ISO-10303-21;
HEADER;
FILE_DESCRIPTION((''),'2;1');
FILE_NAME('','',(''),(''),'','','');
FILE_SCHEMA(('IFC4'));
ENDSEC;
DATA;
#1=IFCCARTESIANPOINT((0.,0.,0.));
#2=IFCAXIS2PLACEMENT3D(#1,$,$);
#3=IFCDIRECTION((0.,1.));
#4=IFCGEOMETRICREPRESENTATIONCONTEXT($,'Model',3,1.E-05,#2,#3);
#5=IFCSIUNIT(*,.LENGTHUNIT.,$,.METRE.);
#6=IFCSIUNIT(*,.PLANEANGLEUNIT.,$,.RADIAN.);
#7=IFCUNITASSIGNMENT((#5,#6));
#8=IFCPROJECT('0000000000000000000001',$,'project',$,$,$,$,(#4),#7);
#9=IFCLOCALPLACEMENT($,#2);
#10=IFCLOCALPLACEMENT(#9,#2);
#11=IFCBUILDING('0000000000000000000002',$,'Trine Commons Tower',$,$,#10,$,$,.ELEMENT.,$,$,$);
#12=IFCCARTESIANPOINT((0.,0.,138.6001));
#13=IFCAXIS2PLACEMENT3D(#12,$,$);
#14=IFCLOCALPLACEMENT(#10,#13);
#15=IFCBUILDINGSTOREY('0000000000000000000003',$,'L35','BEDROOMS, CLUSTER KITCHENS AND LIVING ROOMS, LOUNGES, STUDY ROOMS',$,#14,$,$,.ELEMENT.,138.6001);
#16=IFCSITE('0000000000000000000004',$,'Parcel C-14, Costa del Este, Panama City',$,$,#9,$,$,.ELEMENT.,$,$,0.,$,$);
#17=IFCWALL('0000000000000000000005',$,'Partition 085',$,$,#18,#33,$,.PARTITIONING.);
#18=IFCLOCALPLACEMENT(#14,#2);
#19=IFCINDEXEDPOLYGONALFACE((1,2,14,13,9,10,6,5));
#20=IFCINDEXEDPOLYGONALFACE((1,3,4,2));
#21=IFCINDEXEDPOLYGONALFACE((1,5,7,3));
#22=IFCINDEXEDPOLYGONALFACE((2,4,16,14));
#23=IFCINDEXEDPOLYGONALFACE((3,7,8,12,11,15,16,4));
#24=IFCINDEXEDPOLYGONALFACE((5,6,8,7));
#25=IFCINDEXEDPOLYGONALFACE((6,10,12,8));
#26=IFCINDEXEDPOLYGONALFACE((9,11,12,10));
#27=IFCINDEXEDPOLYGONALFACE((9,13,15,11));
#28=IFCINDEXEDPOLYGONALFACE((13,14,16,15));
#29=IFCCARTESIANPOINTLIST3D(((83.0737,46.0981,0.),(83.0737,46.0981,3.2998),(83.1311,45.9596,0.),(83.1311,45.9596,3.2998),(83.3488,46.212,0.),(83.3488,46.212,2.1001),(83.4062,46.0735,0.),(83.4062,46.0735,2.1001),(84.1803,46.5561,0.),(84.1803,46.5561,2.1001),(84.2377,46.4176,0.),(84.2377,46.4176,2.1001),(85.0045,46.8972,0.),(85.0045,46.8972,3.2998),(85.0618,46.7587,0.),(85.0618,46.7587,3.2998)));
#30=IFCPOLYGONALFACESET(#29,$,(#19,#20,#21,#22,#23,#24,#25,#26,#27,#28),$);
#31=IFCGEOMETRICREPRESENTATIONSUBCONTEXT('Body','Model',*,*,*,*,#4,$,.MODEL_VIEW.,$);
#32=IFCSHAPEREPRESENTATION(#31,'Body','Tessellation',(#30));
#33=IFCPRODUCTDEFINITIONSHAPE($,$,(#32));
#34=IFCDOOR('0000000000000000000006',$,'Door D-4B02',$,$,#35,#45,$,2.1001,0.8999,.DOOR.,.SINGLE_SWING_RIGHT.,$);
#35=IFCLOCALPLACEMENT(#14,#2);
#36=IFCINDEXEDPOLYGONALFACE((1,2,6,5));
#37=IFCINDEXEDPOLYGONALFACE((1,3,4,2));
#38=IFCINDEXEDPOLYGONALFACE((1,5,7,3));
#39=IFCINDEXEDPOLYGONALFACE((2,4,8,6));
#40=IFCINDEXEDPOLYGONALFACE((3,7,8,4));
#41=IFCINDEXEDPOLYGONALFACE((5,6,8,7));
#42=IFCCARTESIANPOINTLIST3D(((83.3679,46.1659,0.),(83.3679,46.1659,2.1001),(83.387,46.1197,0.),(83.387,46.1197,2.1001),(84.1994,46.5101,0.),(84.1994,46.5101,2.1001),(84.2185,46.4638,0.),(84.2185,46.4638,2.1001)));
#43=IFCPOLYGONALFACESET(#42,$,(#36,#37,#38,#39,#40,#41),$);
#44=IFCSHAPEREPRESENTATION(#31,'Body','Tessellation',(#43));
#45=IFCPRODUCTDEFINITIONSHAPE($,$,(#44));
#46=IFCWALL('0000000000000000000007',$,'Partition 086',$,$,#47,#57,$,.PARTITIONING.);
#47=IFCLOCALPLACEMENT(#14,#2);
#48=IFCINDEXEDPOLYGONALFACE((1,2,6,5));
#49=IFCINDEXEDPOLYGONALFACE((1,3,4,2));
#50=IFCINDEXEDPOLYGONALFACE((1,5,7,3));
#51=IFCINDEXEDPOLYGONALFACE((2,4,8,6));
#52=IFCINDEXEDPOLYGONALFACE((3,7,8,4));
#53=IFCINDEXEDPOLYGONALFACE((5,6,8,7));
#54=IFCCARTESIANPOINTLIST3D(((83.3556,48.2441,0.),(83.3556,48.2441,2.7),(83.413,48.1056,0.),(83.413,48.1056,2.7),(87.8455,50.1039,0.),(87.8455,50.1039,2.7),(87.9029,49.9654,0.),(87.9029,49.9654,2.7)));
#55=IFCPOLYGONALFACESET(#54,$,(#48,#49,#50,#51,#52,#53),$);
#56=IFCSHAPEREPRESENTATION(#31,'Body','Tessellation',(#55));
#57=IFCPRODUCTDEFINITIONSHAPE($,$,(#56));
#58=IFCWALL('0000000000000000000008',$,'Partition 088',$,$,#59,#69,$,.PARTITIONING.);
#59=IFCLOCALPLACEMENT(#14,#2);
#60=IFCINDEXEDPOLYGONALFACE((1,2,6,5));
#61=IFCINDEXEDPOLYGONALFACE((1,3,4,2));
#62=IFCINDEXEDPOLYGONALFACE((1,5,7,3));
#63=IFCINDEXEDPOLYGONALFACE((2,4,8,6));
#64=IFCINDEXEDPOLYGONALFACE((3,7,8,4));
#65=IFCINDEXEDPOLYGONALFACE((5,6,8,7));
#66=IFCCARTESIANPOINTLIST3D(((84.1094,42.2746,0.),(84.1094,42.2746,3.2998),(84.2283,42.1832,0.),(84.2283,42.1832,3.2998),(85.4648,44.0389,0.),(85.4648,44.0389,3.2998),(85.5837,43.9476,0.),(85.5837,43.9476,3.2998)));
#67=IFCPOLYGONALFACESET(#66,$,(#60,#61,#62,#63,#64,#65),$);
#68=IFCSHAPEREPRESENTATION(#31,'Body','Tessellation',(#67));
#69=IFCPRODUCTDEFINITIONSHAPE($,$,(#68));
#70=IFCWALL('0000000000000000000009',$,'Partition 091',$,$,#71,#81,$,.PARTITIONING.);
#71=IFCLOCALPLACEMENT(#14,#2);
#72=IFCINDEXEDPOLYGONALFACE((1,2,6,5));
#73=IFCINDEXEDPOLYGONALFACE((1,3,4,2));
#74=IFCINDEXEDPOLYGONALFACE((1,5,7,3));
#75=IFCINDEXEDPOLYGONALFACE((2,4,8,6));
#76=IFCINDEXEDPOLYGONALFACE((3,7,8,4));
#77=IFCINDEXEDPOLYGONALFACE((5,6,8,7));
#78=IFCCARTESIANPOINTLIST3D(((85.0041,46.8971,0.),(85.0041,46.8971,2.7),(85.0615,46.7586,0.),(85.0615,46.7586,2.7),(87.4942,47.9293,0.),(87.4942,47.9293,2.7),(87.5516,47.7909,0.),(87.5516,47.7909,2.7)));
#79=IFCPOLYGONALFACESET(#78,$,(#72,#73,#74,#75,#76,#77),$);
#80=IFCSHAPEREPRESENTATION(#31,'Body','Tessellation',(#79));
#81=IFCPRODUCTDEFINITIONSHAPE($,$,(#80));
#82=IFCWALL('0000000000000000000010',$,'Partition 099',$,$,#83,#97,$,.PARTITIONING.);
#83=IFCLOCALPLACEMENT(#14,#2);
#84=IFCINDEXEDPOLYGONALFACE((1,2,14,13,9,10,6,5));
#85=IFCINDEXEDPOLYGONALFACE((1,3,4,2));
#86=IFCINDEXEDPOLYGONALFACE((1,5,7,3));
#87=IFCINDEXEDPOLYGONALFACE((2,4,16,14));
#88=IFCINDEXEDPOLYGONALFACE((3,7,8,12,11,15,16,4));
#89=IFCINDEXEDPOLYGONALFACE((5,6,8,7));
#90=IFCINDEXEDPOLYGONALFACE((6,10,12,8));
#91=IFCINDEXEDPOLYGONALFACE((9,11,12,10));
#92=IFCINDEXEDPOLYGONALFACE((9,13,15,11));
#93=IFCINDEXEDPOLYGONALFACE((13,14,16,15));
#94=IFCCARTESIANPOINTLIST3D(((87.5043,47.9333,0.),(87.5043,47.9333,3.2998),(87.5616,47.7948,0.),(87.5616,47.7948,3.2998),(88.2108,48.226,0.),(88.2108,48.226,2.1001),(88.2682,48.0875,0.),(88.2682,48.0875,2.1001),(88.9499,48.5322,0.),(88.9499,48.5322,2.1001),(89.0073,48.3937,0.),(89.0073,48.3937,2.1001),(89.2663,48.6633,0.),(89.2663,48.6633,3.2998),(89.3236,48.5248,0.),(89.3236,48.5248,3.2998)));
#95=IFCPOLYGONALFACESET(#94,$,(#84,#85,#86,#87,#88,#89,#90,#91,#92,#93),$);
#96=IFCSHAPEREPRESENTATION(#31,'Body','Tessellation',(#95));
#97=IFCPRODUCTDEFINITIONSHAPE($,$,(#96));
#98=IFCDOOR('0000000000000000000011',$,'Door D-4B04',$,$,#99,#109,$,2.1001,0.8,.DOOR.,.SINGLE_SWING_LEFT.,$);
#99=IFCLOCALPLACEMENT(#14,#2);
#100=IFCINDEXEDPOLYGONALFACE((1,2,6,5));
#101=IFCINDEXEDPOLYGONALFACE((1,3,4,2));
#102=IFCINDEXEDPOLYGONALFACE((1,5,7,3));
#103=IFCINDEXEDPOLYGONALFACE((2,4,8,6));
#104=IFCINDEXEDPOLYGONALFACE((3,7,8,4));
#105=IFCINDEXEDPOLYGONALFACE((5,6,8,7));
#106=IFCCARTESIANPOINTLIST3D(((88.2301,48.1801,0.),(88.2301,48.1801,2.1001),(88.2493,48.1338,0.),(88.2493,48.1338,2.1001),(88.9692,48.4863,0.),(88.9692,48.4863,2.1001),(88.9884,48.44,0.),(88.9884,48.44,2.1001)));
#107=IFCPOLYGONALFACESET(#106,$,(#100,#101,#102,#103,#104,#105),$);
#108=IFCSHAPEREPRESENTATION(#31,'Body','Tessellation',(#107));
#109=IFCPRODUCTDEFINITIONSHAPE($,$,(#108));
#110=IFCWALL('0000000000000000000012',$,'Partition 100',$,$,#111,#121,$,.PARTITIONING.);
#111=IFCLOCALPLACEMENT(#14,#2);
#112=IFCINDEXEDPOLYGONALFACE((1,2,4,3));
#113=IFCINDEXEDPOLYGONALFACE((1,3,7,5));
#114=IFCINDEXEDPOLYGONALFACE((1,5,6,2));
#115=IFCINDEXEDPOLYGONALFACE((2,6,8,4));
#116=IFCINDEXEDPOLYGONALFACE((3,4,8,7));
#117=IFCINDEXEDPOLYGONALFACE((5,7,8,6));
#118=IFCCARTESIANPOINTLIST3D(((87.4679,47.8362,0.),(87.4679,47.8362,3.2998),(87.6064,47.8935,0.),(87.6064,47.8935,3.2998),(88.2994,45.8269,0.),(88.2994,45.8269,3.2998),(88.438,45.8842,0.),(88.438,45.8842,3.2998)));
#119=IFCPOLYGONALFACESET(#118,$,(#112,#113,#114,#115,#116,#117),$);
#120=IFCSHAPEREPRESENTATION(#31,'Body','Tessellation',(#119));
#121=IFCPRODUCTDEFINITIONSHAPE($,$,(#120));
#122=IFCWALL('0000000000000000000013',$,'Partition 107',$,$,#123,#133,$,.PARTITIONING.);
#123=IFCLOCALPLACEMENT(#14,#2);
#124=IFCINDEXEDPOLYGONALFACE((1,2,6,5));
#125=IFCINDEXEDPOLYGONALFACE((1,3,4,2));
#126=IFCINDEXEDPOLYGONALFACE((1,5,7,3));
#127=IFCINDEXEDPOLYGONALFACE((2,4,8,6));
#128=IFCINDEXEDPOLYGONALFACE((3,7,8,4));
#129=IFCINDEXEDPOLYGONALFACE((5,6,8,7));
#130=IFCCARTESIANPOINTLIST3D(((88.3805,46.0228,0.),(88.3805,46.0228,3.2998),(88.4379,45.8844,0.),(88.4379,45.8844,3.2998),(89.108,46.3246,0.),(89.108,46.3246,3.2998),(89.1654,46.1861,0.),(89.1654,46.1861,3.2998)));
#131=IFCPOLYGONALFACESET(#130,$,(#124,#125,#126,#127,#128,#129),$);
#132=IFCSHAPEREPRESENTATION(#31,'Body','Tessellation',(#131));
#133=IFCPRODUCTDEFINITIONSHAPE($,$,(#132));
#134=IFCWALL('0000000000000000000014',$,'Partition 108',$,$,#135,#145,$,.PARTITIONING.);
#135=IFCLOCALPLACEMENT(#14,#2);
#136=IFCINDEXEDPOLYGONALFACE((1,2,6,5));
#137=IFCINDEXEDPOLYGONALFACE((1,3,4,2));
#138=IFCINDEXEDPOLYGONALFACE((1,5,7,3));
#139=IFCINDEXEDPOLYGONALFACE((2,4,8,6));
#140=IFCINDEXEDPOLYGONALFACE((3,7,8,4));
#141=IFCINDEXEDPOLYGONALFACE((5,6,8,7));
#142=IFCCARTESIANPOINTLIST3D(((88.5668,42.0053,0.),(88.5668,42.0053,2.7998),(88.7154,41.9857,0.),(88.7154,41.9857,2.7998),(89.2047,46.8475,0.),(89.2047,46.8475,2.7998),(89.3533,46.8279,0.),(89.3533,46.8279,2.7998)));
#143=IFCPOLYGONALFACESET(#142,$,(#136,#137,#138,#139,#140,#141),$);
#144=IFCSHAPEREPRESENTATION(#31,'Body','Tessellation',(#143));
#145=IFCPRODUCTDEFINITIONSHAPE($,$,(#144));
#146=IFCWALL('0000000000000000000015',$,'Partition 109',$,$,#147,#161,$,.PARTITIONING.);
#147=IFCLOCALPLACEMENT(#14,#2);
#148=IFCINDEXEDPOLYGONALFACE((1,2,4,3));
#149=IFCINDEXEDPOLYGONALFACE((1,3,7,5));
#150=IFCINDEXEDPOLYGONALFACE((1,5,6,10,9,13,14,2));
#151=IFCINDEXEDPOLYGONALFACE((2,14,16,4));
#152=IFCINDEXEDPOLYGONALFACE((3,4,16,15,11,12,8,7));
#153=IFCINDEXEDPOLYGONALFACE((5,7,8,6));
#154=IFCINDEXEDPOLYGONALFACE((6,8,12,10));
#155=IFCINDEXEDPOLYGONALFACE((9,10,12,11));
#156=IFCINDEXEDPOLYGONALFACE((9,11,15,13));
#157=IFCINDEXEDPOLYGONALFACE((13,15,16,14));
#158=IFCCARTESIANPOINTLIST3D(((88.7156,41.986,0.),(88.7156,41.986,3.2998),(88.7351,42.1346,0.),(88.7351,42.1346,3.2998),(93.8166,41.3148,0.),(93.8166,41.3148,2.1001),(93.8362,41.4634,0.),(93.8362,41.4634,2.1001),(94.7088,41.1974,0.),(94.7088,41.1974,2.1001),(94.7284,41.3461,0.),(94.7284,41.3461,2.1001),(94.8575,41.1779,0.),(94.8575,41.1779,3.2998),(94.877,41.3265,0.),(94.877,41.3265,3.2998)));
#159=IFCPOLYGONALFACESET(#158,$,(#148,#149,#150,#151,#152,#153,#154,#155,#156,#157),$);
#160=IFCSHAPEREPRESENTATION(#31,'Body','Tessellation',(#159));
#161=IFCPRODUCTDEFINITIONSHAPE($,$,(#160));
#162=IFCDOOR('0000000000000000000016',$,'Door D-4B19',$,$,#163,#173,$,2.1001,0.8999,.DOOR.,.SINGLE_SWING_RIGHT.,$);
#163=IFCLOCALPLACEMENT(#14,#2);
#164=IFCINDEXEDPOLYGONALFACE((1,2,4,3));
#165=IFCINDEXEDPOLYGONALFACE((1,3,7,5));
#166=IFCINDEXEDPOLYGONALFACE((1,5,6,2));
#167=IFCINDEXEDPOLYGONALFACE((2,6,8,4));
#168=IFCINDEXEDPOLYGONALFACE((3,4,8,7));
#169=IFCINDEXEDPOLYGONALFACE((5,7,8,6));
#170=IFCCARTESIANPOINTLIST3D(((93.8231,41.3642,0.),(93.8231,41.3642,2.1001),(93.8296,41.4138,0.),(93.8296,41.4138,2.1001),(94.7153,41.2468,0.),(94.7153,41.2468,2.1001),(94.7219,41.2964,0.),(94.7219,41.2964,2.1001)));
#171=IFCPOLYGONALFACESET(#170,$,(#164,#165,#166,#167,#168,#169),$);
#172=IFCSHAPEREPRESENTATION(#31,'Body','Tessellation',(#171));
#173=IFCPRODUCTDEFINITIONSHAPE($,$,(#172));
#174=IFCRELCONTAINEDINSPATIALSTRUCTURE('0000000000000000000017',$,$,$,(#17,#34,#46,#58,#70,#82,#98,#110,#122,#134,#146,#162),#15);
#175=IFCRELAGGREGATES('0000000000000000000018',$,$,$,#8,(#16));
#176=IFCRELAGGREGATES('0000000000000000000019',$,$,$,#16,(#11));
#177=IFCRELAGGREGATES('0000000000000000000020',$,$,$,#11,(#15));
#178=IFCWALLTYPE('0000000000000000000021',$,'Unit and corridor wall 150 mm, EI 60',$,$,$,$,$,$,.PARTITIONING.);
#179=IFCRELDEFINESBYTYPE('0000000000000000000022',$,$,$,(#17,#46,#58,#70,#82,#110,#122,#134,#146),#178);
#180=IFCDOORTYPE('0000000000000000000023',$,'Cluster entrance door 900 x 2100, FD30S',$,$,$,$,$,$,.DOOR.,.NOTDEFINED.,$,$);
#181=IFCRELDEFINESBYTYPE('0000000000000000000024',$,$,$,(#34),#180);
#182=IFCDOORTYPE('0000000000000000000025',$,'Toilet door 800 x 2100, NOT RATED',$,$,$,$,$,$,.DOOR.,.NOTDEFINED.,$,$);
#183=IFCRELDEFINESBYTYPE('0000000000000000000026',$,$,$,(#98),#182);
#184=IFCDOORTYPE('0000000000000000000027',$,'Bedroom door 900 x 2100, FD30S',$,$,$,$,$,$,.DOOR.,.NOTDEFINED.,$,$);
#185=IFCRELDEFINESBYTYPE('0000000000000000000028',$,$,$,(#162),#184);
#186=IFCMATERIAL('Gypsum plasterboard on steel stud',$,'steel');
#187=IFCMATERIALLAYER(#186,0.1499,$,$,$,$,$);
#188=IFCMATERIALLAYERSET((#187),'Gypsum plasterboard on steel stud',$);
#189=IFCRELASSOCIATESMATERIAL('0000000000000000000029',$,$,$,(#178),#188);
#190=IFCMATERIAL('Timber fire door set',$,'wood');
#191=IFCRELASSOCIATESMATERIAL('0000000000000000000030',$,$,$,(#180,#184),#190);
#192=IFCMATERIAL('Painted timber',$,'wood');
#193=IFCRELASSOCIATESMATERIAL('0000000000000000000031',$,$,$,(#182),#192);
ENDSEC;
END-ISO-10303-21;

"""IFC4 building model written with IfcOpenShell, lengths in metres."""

from ifc_helpers import new_model, si_unit, direction, frame, frame_2d, origin, place, context, subcontext, project, spatial, rectangle, extrude, material, layer, layer_set, type_object, element, fill, save


model = new_model("IFC4")

# Units and contexts
model_context = context("Model", 3, precision=1e-05, world=origin(), true_north=direction((0.0, 1.0)))
body_context = subcontext(model_context, "Body", "Model", "MODEL_VIEW")
ifc_project = project(units=[si_unit("LENGTHUNIT", "METRE"), si_unit("PLANEANGLEUNIT", "RADIAN")], contexts=[model_context])

# Site, building, storey
site_placement = place(None, origin())
site = spatial("IfcSite", under=ifc_project, at=site_placement, Name="Parcel C-14, Costa del Este, Panama City", CompositionType="ELEMENT", RefElevation=0.0)
building_placement = place(site_placement, origin())
building = spatial("IfcBuilding", under=site, at=building_placement, Name="Trine Commons Tower", CompositionType="ELEMENT")
storey_placement = place(building_placement, frame((0.0, 0.0, 138.6001)))
storey = spatial("IfcBuildingStorey", under=building, at=storey_placement, Name="L35", Description="BEDROOMS, CLUSTER KITCHENS AND LIVING ROOMS, LOUNGES, STUDY ROOMS", CompositionType="ELEMENT", Elevation=138.6001)

# Wall, opening, door
ifc_material_1 = material(Name="Gypsum plasterboard on steel stud", Category="steel")
ifc_layer_1 = layer(ifc_material_1, 0.1499)
ifc_layer_set_1 = layer_set([ifc_layer_1], Name="Gypsum plasterboard on steel stud")
wall_type_1 = type_object("IfcWallType", Name="Unit and corridor wall 150 mm, EI 60", PredefinedType="PARTITIONING", material=ifc_layer_set_1)
wall_1_placement = place(storey_placement, frame((83.1023, 46.0288, 0.0), z_axis=(0.0, 0.0, 1.0), x_axis=(0.923987, 0.382424, 0.0)))
wall_1 = element("IfcWall", 1, at=wall_1_placement, inside=storey, type_object=wall_type_1, Name="Partition 085", PredefinedType="PARTITIONING", context=body_context, shape_type="SweptSolid", body=[
    extrude(rectangle(XDim=2.0896, YDim=0.1499, at=frame_2d((1.0449, 0.0))), origin(), (0.0, 0.0, 1.0), 3.2998),
])
opening_1_placement = place(wall_1_placement, frame((0.2979, 0.0, 0.0)))
opening_1 = element("IfcOpeningElement", 2, at=opening_1_placement, cuts=wall_1, PredefinedType="OPENING", context=body_context, shape_type="SweptSolid", body=[
    extrude(rectangle(XDim=0.8999, YDim=2.1001, at=frame_2d((0.45, 1.05))), frame((0.0, 0.085, 0.0), z_axis=(0.0, -1.0, 0.0), x_axis=(1.0, 0.0, 0.0)), (0.0, 0.0, 1.0), 0.1699),
])
ifc_material_2 = material(Name="Timber fire door set", Category="wood")
door_type_1 = type_object("IfcDoorType", Name="Cluster entrance door 900 x 2100, FD30S", OperationType="NOTDEFINED", PredefinedType="DOOR", material=ifc_material_2)
door_1_placement = place(opening_1_placement, frame((0.8999, 0.0, 0.0), z_axis=(0.0, 0.0, 1.0), x_axis=(-1.0, 0.0, 0.0)))
door_1 = element("IfcDoor", 3, at=door_1_placement, inside=storey, type_object=door_type_1, Name="Door D-4B02", OperationType="SINGLE_SWING_RIGHT", OverallHeight=2.1001, OverallWidth=0.8999, PredefinedType="DOOR", context=body_context, shape_type="SweptSolid", body=[
    extrude(rectangle(XDim=0.8999, YDim=2.1001, at=frame_2d((0.45, 1.05))), frame((0.0, 0.0249, 0.0), z_axis=(0.0, -1.0, 0.0), x_axis=(1.0, 0.0, 0.0)), (0.0, 0.0, 1.0), 0.05),
])
fill(opening_1, door_1)

# Walls
wall_2_placement = place(storey_placement, frame((83.3843, 48.1748, 0.0), z_axis=(0.0, 0.0, 1.0), x_axis=(0.923876, 0.382692, 0.0)))
element("IfcWall", 4, at=wall_2_placement, inside=storey, type_object=wall_type_1, Name="Partition 086", PredefinedType="PARTITIONING", context=body_context, shape_type="SweptSolid", body=[
    extrude(rectangle(XDim=4.8599, YDim=0.1499, at=frame_2d((2.4299, 0.0))), origin(), (0.0, 0.0, 1.0), 2.7),
])
wall_3_placement = place(storey_placement, frame((84.1689, 42.229, 0.0), z_axis=(0.0, 0.0, 1.0), x_axis=(0.609212, 0.793007, 0.0)))
element("IfcWall", 5, at=wall_3_placement, inside=storey, type_object=wall_type_1, Name="Partition 088", PredefinedType="PARTITIONING", context=body_context, shape_type="SweptSolid", body=[
    extrude(rectangle(XDim=2.2249, YDim=0.1499, at=frame_2d((1.1123, 0.0))), origin(), (0.0, 0.0, 1.0), 3.2998),
])
wall_4_placement = place(storey_placement, frame((85.033, 46.8279, 0.0), z_axis=(0.0, 0.0, 1.0), x_axis=(0.923769, 0.382949, 0.0)))
element("IfcWall", 6, at=wall_4_placement, inside=storey, type_object=wall_type_1, Name="Partition 091", PredefinedType="PARTITIONING", context=body_context, shape_type="SweptSolid", body=[
    extrude(rectangle(XDim=2.6956, YDim=0.1499, at=frame_2d((1.3477, 0.0))), origin(), (0.0, 0.0, 1.0), 2.7),
])

# Wall, opening, door
wall_5_placement = place(storey_placement, frame((87.533, 47.864, 0.0), z_axis=(0.0, 0.0, 1.0), x_axis=(0.923851, 0.382751, 0.0)))
wall_5 = element("IfcWall", 7, at=wall_5_placement, inside=storey, type_object=wall_type_1, Name="Partition 099", PredefinedType="PARTITIONING", context=body_context, shape_type="SweptSolid", body=[
    extrude(rectangle(XDim=1.9072, YDim=0.1499, at=frame_2d((0.9536, 0.0))), origin(), (0.0, 0.0, 1.0), 3.2998),
])
opening_2_placement = place(wall_5_placement, frame((0.7649, 0.0, 0.0)))
opening_2 = element("IfcOpeningElement", 8, at=opening_2_placement, cuts=wall_5, PredefinedType="OPENING", context=body_context, shape_type="SweptSolid", body=[
    extrude(rectangle(XDim=0.8, YDim=2.1001, at=frame_2d((0.3999, 1.05))), frame((0.0, 0.085, 0.0), z_axis=(0.0, -1.0, 0.0), x_axis=(1.0, 0.0, 0.0)), (0.0, 0.0, 1.0), 0.1699),
])
ifc_material_3 = material(Name="Painted timber", Category="wood")
door_type_2 = type_object("IfcDoorType", Name="Toilet door 800 x 2100, NOT RATED", OperationType="NOTDEFINED", PredefinedType="DOOR", material=ifc_material_3)
door_2_placement = place(opening_2_placement, frame((0.8, 0.0, 0.0), z_axis=(0.0, 0.0, 1.0), x_axis=(-1.0, 0.0, 0.0)))
door_2 = element("IfcDoor", 9, at=door_2_placement, inside=storey, type_object=door_type_2, Name="Door D-4B04", OperationType="SINGLE_SWING_LEFT", OverallHeight=2.1001, OverallWidth=0.8, PredefinedType="DOOR", context=body_context, shape_type="SweptSolid", body=[
    extrude(rectangle(XDim=0.8, YDim=2.1001, at=frame_2d((0.3999, 1.05))), frame((0.0, 0.0249, 0.0), z_axis=(0.0, -1.0, 0.0), x_axis=(1.0, 0.0, 0.0)), (0.0, 0.0, 1.0), 0.05),
])
fill(opening_2, door_2)

# Walls
wall_6_placement = place(storey_placement, frame((87.5371, 47.865, 0.0), z_axis=(0.0, 0.0, 1.0), x_axis=(0.382398, -0.923998, 0.0)))
element("IfcWall", 10, at=wall_6_placement, inside=storey, type_object=wall_type_1, Name="Partition 100", PredefinedType="PARTITIONING", context=body_context, shape_type="SweptSolid", body=[
    extrude(rectangle(XDim=2.1746, YDim=0.1499, at=frame_2d((1.0874, 0.0))), origin(), (0.0, 0.0, 1.0), 3.2998),
])
wall_7_placement = place(storey_placement, frame((88.4092, 45.9536, 0.0), z_axis=(0.0, 0.0, 1.0), x_axis=(0.923699, 0.383118, 0.0)))
element("IfcWall", 11, at=wall_7_placement, inside=storey, type_object=wall_type_1, Name="Partition 107", PredefinedType="PARTITIONING", context=body_context, shape_type="SweptSolid", body=[
    extrude(rectangle(XDim=0.7876, YDim=0.1499, at=frame_2d((0.3938, 0.0))), origin(), (0.0, 0.0, 1.0), 3.2998),
])
wall_8_placement = place(storey_placement, frame((88.6411, 41.9956, 0.0), z_axis=(0.0, 0.0, 1.0), x_axis=(0.130615, 0.991433, 0.0)))
element("IfcWall", 12, at=wall_8_placement, inside=storey, type_object=wall_type_1, Name="Partition 108", PredefinedType="PARTITIONING", context=body_context, shape_type="SweptSolid", body=[
    extrude(rectangle(XDim=4.884, YDim=0.1499, at=frame_2d((2.4419, 0.0))), origin(), (0.0, 0.0, 1.0), 2.7998),
])

# Wall, opening, door
wall_9_placement = place(storey_placement, frame((88.7253, 42.0603, 0.0), z_axis=(0.0, 0.0, 1.0), x_axis=(0.991455, -0.130449, 0.0)))
wall_9 = element("IfcWall", 13, at=wall_9_placement, inside=storey, type_object=wall_type_1, Name="Partition 109", PredefinedType="PARTITIONING", context=body_context, shape_type="SweptSolid", body=[
    extrude(rectangle(XDim=6.1948, YDim=0.1499, at=frame_2d((3.0974, 0.0))), origin(), (0.0, 0.0, 1.0), 3.2998),
])
opening_3_placement = place(wall_9_placement, frame((5.145, 0.0, 0.0)))
opening_3 = element("IfcOpeningElement", 14, at=opening_3_placement, cuts=wall_9, PredefinedType="OPENING", context=body_context, shape_type="SweptSolid", body=[
    extrude(rectangle(XDim=0.8999, YDim=2.1001, at=frame_2d((0.45, 1.05))), frame((0.0, 0.085, 0.0), z_axis=(0.0, -1.0, 0.0), x_axis=(1.0, 0.0, 0.0)), (0.0, 0.0, 1.0), 0.1699),
])
door_type_3 = type_object("IfcDoorType", Name="Bedroom door 900 x 2100, FD30S", OperationType="NOTDEFINED", PredefinedType="DOOR", material=ifc_material_2)
door_3_placement = place(opening_3_placement, origin())
door_3 = element("IfcDoor", 15, at=door_3_placement, inside=storey, type_object=door_type_3, Name="Door D-4B19", OperationType="SINGLE_SWING_RIGHT", OverallHeight=2.1001, OverallWidth=0.8999, PredefinedType="DOOR", context=body_context, shape_type="SweptSolid", body=[
    extrude(rectangle(XDim=0.8999, YDim=2.1001, at=frame_2d((0.45, 1.05))), frame((0.0, 0.0249, 0.0), z_axis=(0.0, -1.0, 0.0), x_axis=(1.0, 0.0, 0.0)), (0.0, 0.0, 1.0), 0.05),
])
fill(opening_3, door_3)

save(model, "model.ifc")
